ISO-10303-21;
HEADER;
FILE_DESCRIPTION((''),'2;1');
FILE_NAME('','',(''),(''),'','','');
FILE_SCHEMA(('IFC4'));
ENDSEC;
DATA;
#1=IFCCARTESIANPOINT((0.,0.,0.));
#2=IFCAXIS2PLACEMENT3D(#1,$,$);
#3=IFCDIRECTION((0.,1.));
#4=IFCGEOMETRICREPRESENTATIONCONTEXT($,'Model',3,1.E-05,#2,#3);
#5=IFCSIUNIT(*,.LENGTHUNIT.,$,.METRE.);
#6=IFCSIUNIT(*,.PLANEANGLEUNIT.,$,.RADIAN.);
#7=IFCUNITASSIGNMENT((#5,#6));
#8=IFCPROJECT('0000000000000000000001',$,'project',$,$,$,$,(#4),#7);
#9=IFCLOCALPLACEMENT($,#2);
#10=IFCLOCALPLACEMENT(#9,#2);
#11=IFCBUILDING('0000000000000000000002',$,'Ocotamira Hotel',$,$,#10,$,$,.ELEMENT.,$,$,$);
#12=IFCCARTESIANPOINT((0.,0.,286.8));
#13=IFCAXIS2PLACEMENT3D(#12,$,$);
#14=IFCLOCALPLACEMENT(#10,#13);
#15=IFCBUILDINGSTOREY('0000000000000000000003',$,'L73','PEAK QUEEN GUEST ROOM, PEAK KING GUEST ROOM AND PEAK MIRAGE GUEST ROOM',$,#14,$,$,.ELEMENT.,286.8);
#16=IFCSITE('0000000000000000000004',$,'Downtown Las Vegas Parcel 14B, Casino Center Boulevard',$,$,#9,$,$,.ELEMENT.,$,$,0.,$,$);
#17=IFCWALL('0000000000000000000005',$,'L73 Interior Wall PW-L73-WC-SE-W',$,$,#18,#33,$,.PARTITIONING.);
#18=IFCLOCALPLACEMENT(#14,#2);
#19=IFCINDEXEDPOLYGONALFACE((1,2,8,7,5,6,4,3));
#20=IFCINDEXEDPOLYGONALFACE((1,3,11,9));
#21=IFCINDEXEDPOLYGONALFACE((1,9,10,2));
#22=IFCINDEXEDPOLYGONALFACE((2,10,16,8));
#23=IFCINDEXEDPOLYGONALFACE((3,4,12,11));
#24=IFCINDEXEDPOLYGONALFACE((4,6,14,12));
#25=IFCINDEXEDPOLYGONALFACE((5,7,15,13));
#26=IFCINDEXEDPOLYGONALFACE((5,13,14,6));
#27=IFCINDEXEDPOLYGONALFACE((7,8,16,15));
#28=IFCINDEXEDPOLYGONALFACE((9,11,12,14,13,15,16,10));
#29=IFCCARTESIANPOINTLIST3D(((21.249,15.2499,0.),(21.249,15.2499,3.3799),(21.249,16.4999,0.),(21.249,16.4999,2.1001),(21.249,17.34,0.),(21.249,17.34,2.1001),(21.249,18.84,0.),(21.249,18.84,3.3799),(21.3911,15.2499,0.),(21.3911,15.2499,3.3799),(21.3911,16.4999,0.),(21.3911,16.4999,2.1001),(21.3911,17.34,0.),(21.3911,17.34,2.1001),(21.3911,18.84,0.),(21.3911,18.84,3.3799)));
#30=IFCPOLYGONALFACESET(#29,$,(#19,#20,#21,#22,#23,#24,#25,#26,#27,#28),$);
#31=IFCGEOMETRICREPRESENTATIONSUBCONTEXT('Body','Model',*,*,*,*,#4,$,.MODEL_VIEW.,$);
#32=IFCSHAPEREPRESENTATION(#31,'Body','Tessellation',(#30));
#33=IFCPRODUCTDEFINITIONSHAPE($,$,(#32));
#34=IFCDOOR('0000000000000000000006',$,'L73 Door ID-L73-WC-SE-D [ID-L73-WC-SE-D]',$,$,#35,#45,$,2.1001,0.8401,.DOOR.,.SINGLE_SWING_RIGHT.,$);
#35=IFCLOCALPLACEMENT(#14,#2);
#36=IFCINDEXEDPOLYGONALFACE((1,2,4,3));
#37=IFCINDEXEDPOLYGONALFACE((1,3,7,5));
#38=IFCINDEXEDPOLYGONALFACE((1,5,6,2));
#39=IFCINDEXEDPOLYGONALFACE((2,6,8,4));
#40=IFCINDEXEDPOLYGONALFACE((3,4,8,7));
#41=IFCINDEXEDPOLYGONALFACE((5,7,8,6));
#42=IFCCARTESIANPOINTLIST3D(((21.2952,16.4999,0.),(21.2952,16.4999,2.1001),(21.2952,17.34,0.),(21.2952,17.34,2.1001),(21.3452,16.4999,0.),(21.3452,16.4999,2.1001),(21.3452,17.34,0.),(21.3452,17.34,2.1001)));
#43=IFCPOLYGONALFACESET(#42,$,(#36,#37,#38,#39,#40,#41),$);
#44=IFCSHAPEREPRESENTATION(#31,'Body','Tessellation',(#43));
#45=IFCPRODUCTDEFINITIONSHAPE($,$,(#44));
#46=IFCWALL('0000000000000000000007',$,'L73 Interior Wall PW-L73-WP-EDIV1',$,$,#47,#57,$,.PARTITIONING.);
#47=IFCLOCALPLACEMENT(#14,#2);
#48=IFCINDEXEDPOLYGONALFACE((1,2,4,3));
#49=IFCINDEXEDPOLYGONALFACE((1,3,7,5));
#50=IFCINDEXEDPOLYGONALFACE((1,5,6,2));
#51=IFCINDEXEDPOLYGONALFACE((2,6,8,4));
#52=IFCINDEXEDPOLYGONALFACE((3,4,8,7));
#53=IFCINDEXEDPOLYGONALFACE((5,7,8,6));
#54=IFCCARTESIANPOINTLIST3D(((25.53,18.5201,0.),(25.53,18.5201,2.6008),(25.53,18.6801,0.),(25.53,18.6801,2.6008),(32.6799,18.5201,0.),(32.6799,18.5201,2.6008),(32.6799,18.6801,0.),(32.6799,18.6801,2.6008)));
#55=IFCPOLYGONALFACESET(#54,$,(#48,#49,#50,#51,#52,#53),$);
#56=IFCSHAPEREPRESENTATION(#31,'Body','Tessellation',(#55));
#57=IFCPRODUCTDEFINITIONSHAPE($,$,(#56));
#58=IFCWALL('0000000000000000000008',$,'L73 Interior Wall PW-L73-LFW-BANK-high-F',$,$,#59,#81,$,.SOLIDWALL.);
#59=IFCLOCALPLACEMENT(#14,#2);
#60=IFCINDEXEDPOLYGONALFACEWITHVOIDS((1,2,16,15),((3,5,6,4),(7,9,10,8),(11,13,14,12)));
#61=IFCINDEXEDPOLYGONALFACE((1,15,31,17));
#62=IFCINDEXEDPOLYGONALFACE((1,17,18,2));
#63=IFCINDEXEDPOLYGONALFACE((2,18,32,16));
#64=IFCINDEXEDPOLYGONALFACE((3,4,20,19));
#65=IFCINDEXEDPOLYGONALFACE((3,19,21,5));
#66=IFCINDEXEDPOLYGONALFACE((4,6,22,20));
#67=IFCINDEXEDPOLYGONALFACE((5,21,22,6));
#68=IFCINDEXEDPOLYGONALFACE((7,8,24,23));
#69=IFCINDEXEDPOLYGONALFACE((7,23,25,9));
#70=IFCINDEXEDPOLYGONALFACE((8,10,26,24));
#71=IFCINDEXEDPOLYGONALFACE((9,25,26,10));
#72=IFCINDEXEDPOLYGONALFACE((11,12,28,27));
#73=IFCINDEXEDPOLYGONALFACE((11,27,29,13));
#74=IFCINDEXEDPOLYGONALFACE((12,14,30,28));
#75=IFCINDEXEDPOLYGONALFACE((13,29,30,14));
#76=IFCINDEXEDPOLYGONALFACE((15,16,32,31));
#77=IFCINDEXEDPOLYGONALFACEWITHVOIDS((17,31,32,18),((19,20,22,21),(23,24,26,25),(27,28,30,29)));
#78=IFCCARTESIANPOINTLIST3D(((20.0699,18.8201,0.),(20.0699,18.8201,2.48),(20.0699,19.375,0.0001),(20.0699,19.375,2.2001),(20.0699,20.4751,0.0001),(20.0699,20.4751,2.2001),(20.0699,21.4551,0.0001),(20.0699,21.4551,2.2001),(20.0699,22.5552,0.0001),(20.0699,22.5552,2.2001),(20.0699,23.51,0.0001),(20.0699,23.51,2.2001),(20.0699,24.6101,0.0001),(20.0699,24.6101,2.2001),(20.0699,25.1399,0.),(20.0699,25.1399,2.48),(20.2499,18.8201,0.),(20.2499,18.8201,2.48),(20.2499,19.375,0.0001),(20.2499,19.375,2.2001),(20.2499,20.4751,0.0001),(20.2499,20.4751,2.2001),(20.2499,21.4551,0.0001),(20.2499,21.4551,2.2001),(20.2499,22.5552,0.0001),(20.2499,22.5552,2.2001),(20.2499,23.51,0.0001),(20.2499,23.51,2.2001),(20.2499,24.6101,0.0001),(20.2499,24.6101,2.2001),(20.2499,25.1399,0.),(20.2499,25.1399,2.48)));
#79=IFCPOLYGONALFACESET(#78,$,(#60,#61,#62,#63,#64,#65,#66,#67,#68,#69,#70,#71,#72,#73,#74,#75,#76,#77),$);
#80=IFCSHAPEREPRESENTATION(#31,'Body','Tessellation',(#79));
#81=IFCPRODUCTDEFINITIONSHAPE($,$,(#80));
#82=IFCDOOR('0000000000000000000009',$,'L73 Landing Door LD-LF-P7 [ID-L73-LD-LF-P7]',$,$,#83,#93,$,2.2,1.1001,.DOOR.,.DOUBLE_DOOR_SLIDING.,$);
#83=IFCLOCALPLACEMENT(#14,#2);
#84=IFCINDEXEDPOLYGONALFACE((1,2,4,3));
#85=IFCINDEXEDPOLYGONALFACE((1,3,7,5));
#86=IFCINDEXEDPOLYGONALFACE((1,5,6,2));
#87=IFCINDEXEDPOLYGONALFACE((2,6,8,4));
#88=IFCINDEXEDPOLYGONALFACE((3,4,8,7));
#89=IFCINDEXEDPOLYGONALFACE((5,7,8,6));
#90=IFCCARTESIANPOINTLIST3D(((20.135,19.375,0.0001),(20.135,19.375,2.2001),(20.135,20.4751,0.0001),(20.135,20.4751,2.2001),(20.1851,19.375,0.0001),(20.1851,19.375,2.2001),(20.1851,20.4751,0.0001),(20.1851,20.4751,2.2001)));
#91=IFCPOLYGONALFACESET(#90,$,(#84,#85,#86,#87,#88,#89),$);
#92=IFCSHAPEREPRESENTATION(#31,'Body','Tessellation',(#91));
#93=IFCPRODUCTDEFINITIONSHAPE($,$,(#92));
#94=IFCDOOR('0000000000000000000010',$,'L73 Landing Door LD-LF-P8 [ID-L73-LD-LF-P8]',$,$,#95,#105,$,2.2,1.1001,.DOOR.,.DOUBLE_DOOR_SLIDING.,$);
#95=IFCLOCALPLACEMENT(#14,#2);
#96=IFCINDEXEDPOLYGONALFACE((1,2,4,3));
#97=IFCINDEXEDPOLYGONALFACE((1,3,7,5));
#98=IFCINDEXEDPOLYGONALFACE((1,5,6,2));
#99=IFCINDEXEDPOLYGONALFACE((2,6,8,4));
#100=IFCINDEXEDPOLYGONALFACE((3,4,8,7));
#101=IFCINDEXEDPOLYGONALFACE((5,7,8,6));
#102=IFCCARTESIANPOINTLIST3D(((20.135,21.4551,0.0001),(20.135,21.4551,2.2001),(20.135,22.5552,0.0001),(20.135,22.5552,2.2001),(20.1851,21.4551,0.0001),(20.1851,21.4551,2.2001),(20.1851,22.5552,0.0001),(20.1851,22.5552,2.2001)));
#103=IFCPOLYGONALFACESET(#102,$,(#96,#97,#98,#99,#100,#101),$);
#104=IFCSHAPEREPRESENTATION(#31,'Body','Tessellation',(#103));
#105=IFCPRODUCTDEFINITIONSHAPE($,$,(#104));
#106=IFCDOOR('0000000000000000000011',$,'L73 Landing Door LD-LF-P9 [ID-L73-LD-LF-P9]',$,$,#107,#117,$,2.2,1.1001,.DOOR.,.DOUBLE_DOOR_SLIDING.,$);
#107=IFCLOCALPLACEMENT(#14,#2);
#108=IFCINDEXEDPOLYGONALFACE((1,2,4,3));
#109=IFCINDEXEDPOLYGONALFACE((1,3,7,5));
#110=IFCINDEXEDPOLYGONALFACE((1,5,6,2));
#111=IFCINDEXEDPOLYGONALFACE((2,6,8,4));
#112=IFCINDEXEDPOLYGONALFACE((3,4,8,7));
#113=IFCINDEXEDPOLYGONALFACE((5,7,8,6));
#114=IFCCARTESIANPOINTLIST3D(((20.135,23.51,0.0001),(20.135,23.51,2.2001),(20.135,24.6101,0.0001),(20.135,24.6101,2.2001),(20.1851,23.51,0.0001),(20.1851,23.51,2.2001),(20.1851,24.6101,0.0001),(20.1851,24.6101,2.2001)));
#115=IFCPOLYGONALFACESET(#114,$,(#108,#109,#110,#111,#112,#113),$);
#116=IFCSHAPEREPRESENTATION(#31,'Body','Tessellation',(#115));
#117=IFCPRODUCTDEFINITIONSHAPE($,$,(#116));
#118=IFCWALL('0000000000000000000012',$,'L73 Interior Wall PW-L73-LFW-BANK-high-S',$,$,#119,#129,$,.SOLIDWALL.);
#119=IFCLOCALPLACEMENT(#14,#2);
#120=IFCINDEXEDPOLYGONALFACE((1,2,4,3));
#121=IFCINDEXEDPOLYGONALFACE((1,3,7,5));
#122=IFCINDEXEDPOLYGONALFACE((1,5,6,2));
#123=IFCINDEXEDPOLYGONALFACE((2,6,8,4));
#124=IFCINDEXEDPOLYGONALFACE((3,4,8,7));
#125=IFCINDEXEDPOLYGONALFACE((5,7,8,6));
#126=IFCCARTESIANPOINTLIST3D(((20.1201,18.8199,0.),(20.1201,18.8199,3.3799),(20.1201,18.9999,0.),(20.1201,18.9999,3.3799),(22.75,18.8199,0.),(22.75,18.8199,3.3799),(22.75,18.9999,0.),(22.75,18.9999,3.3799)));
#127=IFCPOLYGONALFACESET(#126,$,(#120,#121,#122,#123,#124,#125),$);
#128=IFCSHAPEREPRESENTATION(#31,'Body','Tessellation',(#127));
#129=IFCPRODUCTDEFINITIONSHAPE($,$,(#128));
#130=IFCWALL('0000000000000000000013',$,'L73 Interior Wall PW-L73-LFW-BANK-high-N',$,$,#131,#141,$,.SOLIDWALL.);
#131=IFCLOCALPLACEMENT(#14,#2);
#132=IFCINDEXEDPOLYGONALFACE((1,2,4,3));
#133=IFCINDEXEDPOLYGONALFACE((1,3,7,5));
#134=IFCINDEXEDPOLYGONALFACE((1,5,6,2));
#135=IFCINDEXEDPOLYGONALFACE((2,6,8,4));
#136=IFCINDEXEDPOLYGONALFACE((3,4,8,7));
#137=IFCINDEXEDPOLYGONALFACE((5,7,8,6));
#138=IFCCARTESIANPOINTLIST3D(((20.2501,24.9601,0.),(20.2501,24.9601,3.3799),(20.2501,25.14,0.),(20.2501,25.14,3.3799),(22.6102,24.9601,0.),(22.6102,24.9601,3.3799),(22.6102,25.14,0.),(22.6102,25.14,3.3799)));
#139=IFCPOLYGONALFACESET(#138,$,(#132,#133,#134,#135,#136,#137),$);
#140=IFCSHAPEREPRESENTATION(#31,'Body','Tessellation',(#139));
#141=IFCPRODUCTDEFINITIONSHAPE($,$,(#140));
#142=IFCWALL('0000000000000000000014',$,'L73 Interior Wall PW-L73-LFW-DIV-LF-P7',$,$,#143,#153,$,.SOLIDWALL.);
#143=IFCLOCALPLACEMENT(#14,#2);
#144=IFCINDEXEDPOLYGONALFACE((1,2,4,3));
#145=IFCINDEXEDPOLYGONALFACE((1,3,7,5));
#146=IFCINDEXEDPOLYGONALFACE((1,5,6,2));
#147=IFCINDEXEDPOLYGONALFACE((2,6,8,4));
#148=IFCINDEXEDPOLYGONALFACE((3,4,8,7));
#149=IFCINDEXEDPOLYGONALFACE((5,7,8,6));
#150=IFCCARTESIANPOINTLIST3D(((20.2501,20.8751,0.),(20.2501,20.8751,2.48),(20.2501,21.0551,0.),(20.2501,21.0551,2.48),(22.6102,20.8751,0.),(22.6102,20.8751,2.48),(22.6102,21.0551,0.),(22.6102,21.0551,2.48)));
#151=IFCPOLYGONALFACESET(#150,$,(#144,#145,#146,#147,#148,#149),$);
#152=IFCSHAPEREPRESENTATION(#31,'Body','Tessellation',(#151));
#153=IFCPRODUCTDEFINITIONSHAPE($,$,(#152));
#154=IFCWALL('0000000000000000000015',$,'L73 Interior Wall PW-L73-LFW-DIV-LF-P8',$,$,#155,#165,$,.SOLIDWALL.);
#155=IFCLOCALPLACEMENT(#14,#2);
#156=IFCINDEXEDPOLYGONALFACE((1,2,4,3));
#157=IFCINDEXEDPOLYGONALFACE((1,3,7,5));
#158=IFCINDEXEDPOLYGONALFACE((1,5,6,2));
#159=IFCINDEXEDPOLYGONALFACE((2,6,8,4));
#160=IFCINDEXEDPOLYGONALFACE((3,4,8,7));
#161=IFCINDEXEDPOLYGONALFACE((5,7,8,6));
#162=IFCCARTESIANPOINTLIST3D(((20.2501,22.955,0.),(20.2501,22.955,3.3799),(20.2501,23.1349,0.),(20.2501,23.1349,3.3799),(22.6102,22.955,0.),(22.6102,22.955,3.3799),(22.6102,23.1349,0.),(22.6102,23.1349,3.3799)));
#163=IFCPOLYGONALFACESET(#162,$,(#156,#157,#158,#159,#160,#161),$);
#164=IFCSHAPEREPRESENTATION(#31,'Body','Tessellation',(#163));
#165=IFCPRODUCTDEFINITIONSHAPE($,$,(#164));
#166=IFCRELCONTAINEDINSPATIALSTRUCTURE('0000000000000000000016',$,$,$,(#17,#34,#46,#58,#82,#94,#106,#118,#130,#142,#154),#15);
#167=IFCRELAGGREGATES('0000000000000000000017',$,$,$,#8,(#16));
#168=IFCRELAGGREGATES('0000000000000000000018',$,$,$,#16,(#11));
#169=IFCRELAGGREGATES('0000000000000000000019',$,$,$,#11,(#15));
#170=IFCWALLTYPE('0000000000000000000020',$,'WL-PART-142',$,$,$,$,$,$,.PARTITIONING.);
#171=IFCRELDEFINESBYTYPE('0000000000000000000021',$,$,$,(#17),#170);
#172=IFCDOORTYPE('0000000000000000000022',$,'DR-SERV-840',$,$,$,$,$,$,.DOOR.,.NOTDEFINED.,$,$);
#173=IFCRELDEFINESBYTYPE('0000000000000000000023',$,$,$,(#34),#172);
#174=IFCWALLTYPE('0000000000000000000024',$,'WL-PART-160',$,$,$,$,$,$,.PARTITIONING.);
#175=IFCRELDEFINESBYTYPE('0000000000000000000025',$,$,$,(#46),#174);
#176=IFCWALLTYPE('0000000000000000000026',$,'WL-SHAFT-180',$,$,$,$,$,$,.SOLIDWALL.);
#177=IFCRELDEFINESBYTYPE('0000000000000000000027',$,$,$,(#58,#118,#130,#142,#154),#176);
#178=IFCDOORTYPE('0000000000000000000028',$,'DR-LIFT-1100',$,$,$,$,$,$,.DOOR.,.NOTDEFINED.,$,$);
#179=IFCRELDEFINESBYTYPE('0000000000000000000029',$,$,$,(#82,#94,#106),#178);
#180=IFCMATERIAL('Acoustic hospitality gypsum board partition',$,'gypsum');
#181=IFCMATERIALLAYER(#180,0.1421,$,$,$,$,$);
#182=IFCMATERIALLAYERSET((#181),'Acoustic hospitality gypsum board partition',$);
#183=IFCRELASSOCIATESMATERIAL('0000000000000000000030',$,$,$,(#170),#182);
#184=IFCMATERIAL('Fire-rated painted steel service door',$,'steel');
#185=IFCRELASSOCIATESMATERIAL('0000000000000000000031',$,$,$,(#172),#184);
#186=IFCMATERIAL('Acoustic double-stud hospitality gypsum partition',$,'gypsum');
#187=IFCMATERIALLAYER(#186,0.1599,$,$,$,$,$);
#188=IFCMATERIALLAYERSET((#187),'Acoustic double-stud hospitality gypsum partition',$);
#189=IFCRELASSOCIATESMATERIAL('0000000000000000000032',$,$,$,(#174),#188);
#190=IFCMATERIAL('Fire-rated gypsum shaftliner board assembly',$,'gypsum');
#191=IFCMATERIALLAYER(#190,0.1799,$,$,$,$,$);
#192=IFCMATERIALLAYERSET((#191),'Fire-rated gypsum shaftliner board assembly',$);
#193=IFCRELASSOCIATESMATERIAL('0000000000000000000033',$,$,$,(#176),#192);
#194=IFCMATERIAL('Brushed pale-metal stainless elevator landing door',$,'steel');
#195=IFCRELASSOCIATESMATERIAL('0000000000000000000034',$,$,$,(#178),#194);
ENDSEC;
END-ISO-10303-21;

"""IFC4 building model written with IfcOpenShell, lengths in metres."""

from ifc_helpers import new_model, si_unit, direction, frame, frame_2d, origin, place, context, subcontext, project, spatial, rectangle, extrude, source, transform, mapped, material, layer, layer_set, type_object, element, fill, save


model = new_model("IFC4")

# Units and contexts
model_context = context("Model", 3, precision=1e-05, world=origin(), true_north=direction((0.0, 1.0)))
body_context = subcontext(model_context, "Body", "Model", "MODEL_VIEW")
ifc_project = project(units=[si_unit("LENGTHUNIT", "METRE"), si_unit("PLANEANGLEUNIT", "RADIAN")], contexts=[model_context])

# Site, building, storey
site_placement = place(None, origin())
site = spatial("IfcSite", under=ifc_project, at=site_placement, Name="Downtown Las Vegas Parcel 14B, Casino Center Boulevard", CompositionType="ELEMENT", RefElevation=0.0)
building_placement = place(site_placement, origin())
building = spatial("IfcBuilding", under=site, at=building_placement, Name="Ocotamira Hotel", CompositionType="ELEMENT")
storey_placement = place(building_placement, frame((0.0, 0.0, 286.8)))
storey = spatial("IfcBuildingStorey", under=building, at=storey_placement, Name="L73", Description="PEAK QUEEN GUEST ROOM, PEAK KING GUEST ROOM AND PEAK MIRAGE GUEST ROOM", CompositionType="ELEMENT", Elevation=286.8)

# Wall, opening, door
ifc_material_1 = material(Name="Acoustic hospitality gypsum board partition", Category="gypsum")
ifc_layer_1 = layer(ifc_material_1, 0.1421)
ifc_layer_set_1 = layer_set([ifc_layer_1], Name="Acoustic hospitality gypsum board partition")
wall_type_1 = type_object("IfcWallType", Name="WL-PART-142", PredefinedType="PARTITIONING", material=ifc_layer_set_1)
wall_1_placement = place(storey_placement, frame((21.3201, 15.25, 0.0), z_axis=(0.0, 0.0, 1.0), x_axis=(0.0, 1.0, 0.0)))
wall_1 = element("IfcWall", 1, at=wall_1_placement, inside=storey, type_object=wall_type_1, Name="L73 Interior Wall PW-L73-WC-SE-W", PredefinedType="PARTITIONING", context=body_context, shape_type="SweptSolid", body=[
    extrude(rectangle(XDim=3.5901, YDim=0.1421, at=frame_2d((1.7949, 0.0))), origin(), (0.0, 0.0, 1.0), 3.3799),
])
opening_1_placement = place(wall_1_placement, frame((1.25, 0.0, 0.0)))
opening_1 = element("IfcOpeningElement", 2, at=opening_1_placement, cuts=wall_1, PredefinedType="OPENING", context=body_context, shape_type="SweptSolid", body=[
    extrude(rectangle(XDim=0.8401, YDim=2.1001, at=frame_2d((0.4199, 1.05))), frame((0.0, 0.0811, 0.0), z_axis=(0.0, -1.0, 0.0), x_axis=(1.0, 0.0, 0.0)), (0.0, 0.0, 1.0), 0.1621),
])
ifc_material_2 = material(Name="Fire-rated painted steel service door", Category="steel")
door_type_1 = type_object("IfcDoorType", Name="DR-SERV-840", OperationType="NOTDEFINED", PredefinedType="DOOR", material=ifc_material_2)
shared_shape_1 = source(origin(), body_context, "Body", "SweptSolid", [
    extrude(rectangle(XDim=0.8401, YDim=2.1001, at=frame_2d((0.4199, 1.05))), frame((0.0, 0.0249, 0.0), z_axis=(0.0, -1.0, 0.0), x_axis=(1.0, 0.0, 0.0)), (0.0, 0.0, 1.0), 0.05),
])
door_1_placement = place(opening_1_placement, origin())
door_1 = element("IfcDoor", 3, at=door_1_placement, inside=storey, type_object=door_type_1, Name="L73 Door ID-L73-WC-SE-D [ID-L73-WC-SE-D]", OperationType="SINGLE_SWING_RIGHT", OverallHeight=2.1001, OverallWidth=0.8401, PredefinedType="DOOR", context=body_context, shape_type="MappedRepresentation", body=[
    mapped(shared_shape_1, transform((0.0, 0.0, 0.0), scale=1.0)),
])
fill(opening_1, door_1)

# Wall
ifc_material_3 = material(Name="Acoustic double-stud hospitality gypsum partition", Category="gypsum")
ifc_layer_2 = layer(ifc_material_3, 0.1599)
ifc_layer_set_2 = layer_set([ifc_layer_2], Name="Acoustic double-stud hospitality gypsum partition")
wall_type_2 = type_object("IfcWallType", Name="WL-PART-160", PredefinedType="PARTITIONING", material=ifc_layer_set_2)
wall_2_placement = place(storey_placement, frame((25.53, 18.6001, 0.0), z_axis=(0.0, 0.0, 1.0), x_axis=(1.0, 0.0, 0.0)))
element("IfcWall", 4, at=wall_2_placement, inside=storey, type_object=wall_type_2, Name="L73 Interior Wall PW-L73-WP-EDIV1", PredefinedType="PARTITIONING", context=body_context, shape_type="SweptSolid", body=[
    extrude(rectangle(XDim=7.1499, YDim=0.1599, at=frame_2d((3.575, 0.0))), origin(), (0.0, 0.0, 1.0), 2.6008),
])

# Wall, openings, doors
ifc_material_4 = material(Name="Fire-rated gypsum shaftliner board assembly", Category="gypsum")
ifc_layer_3 = layer(ifc_material_4, 0.1799)
ifc_layer_set_3 = layer_set([ifc_layer_3], Name="Fire-rated gypsum shaftliner board assembly")
wall_type_3 = type_object("IfcWallType", Name="WL-SHAFT-180", PredefinedType="SOLIDWALL", material=ifc_layer_set_3)
wall_3_placement = place(storey_placement, frame((20.1599, 18.8201, 0.0), z_axis=(0.0, 0.0, 1.0), x_axis=(0.0, 1.0, 0.0)))
wall_3 = element("IfcWall", 5, at=wall_3_placement, inside=storey, type_object=wall_type_3, Name="L73 Interior Wall PW-L73-LFW-BANK-high-F", PredefinedType="SOLIDWALL", context=body_context, shape_type="SweptSolid", body=[
    extrude(rectangle(XDim=6.3198, YDim=0.1799, at=frame_2d((3.1599, 0.0))), origin(), (0.0, 0.0, 1.0), 2.48),
])
opening_2_placement = place(wall_3_placement, frame((0.5549, 0.0, 0.0)))
opening_2 = element("IfcOpeningElement", 6, at=opening_2_placement, cuts=wall_3, PredefinedType="OPENING", context=body_context, shape_type="SweptSolid", body=[
    extrude(rectangle(XDim=1.1001, YDim=2.2, at=frame_2d((0.55, 1.1001))), frame((0.0, 0.1001, 0.0), z_axis=(0.0, -1.0, 0.0), x_axis=(1.0, 0.0, 0.0)), (0.0, 0.0, 1.0), 0.2),
])
opening_3_placement = place(wall_3_placement, frame((2.635, 0.0, 0.0)))
opening_3 = element("IfcOpeningElement", 7, at=opening_3_placement, cuts=wall_3, PredefinedType="OPENING", context=body_context, shape_type="SweptSolid", body=[
    extrude(rectangle(XDim=1.1001, YDim=2.2, at=frame_2d((0.55, 1.1001))), frame((0.0, 0.1001, 0.0), z_axis=(0.0, -1.0, 0.0), x_axis=(1.0, 0.0, 0.0)), (0.0, 0.0, 1.0), 0.2),
])
opening_4_placement = place(wall_3_placement, frame((4.6899, 0.0, 0.0)))
opening_4 = element("IfcOpeningElement", 8, at=opening_4_placement, cuts=wall_3, PredefinedType="OPENING", context=body_context, shape_type="SweptSolid", body=[
    extrude(rectangle(XDim=1.1001, YDim=2.2, at=frame_2d((0.55, 1.1001))), frame((0.0, 0.1001, 0.0), z_axis=(0.0, -1.0, 0.0), x_axis=(1.0, 0.0, 0.0)), (0.0, 0.0, 1.0), 0.2),
])
ifc_material_5 = material(Name="Brushed pale-metal stainless elevator landing door", Category="steel")
door_type_2 = type_object("IfcDoorType", Name="DR-LIFT-1100", OperationType="NOTDEFINED", PredefinedType="DOOR", material=ifc_material_5)
shared_shape_2 = source(origin(), body_context, "Body", "SweptSolid", [
    extrude(rectangle(XDim=1.1001, YDim=2.2, at=frame_2d((0.55, 1.1001))), frame((0.0, 0.0249, 0.0), z_axis=(0.0, -1.0, 0.0), x_axis=(1.0, 0.0, 0.0)), (0.0, 0.0, 1.0), 0.05),
])
door_2_placement = place(opening_2_placement, origin())
door_2 = element("IfcDoor", 9, at=door_2_placement, inside=storey, type_object=door_type_2, Name="L73 Landing Door LD-LF-P7 [ID-L73-LD-LF-P7]", OperationType="DOUBLE_DOOR_SLIDING", OverallHeight=2.2, OverallWidth=1.1001, PredefinedType="DOOR", context=body_context, shape_type="MappedRepresentation", body=[
    mapped(shared_shape_2, transform((0.0, 0.0, 0.0), scale=1.0)),
])
fill(opening_2, door_2)
door_3_placement = place(opening_3_placement, origin())
door_3 = element("IfcDoor", 10, at=door_3_placement, inside=storey, type_object=door_type_2, Name="L73 Landing Door LD-LF-P8 [ID-L73-LD-LF-P8]", OperationType="DOUBLE_DOOR_SLIDING", OverallHeight=2.2, OverallWidth=1.1001, PredefinedType="DOOR", context=body_context, shape_type="MappedRepresentation", body=[
    mapped(shared_shape_2, transform((0.0, 0.0, 0.0), scale=1.0)),
])
fill(opening_3, door_3)
door_4_placement = place(opening_4_placement, origin())
door_4 = element("IfcDoor", 11, at=door_4_placement, inside=storey, type_object=door_type_2, Name="L73 Landing Door LD-LF-P9 [ID-L73-LD-LF-P9]", OperationType="DOUBLE_DOOR_SLIDING", OverallHeight=2.2, OverallWidth=1.1001, PredefinedType="DOOR", context=body_context, shape_type="MappedRepresentation", body=[
    mapped(shared_shape_2, transform((0.0, 0.0, 0.0), scale=1.0)),
])
fill(opening_4, door_4)

# Walls
wall_4_placement = place(storey_placement, frame((20.1201, 18.9099, 0.0), z_axis=(0.0, 0.0, 1.0), x_axis=(1.0, 0.0, 0.0)))
element("IfcWall", 12, at=wall_4_placement, inside=storey, type_object=wall_type_3, Name="L73 Interior Wall PW-L73-LFW-BANK-high-S", PredefinedType="SOLIDWALL", context=body_context, shape_type="SweptSolid", body=[
    extrude(rectangle(XDim=2.6299, YDim=0.1799, at=frame_2d((1.3149, 0.0))), origin(), (0.0, 0.0, 1.0), 3.3799),
])
wall_5_placement = place(storey_placement, frame((20.25, 25.05, 0.0), z_axis=(0.0, 0.0, 1.0), x_axis=(1.0, 0.0, 0.0)))
element("IfcWall", 13, at=wall_5_placement, inside=storey, type_object=wall_type_3, Name="L73 Interior Wall PW-L73-LFW-BANK-high-N", PredefinedType="SOLIDWALL", context=body_context, shape_type="SweptSolid", body=[
    extrude(rectangle(XDim=2.3601, YDim=0.1799, at=frame_2d((1.1802, 0.0))), origin(), (0.0, 0.0, 1.0), 3.3799),
])
wall_6_placement = place(storey_placement, frame((20.25, 20.9651, 0.0), z_axis=(0.0, 0.0, 1.0), x_axis=(1.0, 0.0, 0.0)))
element("IfcWall", 14, at=wall_6_placement, inside=storey, type_object=wall_type_3, Name="L73 Interior Wall PW-L73-LFW-DIV-LF-P7", PredefinedType="SOLIDWALL", context=body_context, shape_type="SweptSolid", body=[
    extrude(rectangle(XDim=2.3601, YDim=0.1799, at=frame_2d((1.1802, 0.0))), origin(), (0.0, 0.0, 1.0), 2.48),
])
wall_7_placement = place(storey_placement, frame((20.25, 23.0449, 0.0), z_axis=(0.0, 0.0, 1.0), x_axis=(1.0, 0.0, 0.0)))
element("IfcWall", 15, at=wall_7_placement, inside=storey, type_object=wall_type_3, Name="L73 Interior Wall PW-L73-LFW-DIV-LF-P8", PredefinedType="SOLIDWALL", context=body_context, shape_type="SweptSolid", body=[
    extrude(rectangle(XDim=2.3601, YDim=0.1799, at=frame_2d((1.1802, 0.0))), origin(), (0.0, 0.0, 1.0), 3.3799),
])

save(model, "model.ifc")
